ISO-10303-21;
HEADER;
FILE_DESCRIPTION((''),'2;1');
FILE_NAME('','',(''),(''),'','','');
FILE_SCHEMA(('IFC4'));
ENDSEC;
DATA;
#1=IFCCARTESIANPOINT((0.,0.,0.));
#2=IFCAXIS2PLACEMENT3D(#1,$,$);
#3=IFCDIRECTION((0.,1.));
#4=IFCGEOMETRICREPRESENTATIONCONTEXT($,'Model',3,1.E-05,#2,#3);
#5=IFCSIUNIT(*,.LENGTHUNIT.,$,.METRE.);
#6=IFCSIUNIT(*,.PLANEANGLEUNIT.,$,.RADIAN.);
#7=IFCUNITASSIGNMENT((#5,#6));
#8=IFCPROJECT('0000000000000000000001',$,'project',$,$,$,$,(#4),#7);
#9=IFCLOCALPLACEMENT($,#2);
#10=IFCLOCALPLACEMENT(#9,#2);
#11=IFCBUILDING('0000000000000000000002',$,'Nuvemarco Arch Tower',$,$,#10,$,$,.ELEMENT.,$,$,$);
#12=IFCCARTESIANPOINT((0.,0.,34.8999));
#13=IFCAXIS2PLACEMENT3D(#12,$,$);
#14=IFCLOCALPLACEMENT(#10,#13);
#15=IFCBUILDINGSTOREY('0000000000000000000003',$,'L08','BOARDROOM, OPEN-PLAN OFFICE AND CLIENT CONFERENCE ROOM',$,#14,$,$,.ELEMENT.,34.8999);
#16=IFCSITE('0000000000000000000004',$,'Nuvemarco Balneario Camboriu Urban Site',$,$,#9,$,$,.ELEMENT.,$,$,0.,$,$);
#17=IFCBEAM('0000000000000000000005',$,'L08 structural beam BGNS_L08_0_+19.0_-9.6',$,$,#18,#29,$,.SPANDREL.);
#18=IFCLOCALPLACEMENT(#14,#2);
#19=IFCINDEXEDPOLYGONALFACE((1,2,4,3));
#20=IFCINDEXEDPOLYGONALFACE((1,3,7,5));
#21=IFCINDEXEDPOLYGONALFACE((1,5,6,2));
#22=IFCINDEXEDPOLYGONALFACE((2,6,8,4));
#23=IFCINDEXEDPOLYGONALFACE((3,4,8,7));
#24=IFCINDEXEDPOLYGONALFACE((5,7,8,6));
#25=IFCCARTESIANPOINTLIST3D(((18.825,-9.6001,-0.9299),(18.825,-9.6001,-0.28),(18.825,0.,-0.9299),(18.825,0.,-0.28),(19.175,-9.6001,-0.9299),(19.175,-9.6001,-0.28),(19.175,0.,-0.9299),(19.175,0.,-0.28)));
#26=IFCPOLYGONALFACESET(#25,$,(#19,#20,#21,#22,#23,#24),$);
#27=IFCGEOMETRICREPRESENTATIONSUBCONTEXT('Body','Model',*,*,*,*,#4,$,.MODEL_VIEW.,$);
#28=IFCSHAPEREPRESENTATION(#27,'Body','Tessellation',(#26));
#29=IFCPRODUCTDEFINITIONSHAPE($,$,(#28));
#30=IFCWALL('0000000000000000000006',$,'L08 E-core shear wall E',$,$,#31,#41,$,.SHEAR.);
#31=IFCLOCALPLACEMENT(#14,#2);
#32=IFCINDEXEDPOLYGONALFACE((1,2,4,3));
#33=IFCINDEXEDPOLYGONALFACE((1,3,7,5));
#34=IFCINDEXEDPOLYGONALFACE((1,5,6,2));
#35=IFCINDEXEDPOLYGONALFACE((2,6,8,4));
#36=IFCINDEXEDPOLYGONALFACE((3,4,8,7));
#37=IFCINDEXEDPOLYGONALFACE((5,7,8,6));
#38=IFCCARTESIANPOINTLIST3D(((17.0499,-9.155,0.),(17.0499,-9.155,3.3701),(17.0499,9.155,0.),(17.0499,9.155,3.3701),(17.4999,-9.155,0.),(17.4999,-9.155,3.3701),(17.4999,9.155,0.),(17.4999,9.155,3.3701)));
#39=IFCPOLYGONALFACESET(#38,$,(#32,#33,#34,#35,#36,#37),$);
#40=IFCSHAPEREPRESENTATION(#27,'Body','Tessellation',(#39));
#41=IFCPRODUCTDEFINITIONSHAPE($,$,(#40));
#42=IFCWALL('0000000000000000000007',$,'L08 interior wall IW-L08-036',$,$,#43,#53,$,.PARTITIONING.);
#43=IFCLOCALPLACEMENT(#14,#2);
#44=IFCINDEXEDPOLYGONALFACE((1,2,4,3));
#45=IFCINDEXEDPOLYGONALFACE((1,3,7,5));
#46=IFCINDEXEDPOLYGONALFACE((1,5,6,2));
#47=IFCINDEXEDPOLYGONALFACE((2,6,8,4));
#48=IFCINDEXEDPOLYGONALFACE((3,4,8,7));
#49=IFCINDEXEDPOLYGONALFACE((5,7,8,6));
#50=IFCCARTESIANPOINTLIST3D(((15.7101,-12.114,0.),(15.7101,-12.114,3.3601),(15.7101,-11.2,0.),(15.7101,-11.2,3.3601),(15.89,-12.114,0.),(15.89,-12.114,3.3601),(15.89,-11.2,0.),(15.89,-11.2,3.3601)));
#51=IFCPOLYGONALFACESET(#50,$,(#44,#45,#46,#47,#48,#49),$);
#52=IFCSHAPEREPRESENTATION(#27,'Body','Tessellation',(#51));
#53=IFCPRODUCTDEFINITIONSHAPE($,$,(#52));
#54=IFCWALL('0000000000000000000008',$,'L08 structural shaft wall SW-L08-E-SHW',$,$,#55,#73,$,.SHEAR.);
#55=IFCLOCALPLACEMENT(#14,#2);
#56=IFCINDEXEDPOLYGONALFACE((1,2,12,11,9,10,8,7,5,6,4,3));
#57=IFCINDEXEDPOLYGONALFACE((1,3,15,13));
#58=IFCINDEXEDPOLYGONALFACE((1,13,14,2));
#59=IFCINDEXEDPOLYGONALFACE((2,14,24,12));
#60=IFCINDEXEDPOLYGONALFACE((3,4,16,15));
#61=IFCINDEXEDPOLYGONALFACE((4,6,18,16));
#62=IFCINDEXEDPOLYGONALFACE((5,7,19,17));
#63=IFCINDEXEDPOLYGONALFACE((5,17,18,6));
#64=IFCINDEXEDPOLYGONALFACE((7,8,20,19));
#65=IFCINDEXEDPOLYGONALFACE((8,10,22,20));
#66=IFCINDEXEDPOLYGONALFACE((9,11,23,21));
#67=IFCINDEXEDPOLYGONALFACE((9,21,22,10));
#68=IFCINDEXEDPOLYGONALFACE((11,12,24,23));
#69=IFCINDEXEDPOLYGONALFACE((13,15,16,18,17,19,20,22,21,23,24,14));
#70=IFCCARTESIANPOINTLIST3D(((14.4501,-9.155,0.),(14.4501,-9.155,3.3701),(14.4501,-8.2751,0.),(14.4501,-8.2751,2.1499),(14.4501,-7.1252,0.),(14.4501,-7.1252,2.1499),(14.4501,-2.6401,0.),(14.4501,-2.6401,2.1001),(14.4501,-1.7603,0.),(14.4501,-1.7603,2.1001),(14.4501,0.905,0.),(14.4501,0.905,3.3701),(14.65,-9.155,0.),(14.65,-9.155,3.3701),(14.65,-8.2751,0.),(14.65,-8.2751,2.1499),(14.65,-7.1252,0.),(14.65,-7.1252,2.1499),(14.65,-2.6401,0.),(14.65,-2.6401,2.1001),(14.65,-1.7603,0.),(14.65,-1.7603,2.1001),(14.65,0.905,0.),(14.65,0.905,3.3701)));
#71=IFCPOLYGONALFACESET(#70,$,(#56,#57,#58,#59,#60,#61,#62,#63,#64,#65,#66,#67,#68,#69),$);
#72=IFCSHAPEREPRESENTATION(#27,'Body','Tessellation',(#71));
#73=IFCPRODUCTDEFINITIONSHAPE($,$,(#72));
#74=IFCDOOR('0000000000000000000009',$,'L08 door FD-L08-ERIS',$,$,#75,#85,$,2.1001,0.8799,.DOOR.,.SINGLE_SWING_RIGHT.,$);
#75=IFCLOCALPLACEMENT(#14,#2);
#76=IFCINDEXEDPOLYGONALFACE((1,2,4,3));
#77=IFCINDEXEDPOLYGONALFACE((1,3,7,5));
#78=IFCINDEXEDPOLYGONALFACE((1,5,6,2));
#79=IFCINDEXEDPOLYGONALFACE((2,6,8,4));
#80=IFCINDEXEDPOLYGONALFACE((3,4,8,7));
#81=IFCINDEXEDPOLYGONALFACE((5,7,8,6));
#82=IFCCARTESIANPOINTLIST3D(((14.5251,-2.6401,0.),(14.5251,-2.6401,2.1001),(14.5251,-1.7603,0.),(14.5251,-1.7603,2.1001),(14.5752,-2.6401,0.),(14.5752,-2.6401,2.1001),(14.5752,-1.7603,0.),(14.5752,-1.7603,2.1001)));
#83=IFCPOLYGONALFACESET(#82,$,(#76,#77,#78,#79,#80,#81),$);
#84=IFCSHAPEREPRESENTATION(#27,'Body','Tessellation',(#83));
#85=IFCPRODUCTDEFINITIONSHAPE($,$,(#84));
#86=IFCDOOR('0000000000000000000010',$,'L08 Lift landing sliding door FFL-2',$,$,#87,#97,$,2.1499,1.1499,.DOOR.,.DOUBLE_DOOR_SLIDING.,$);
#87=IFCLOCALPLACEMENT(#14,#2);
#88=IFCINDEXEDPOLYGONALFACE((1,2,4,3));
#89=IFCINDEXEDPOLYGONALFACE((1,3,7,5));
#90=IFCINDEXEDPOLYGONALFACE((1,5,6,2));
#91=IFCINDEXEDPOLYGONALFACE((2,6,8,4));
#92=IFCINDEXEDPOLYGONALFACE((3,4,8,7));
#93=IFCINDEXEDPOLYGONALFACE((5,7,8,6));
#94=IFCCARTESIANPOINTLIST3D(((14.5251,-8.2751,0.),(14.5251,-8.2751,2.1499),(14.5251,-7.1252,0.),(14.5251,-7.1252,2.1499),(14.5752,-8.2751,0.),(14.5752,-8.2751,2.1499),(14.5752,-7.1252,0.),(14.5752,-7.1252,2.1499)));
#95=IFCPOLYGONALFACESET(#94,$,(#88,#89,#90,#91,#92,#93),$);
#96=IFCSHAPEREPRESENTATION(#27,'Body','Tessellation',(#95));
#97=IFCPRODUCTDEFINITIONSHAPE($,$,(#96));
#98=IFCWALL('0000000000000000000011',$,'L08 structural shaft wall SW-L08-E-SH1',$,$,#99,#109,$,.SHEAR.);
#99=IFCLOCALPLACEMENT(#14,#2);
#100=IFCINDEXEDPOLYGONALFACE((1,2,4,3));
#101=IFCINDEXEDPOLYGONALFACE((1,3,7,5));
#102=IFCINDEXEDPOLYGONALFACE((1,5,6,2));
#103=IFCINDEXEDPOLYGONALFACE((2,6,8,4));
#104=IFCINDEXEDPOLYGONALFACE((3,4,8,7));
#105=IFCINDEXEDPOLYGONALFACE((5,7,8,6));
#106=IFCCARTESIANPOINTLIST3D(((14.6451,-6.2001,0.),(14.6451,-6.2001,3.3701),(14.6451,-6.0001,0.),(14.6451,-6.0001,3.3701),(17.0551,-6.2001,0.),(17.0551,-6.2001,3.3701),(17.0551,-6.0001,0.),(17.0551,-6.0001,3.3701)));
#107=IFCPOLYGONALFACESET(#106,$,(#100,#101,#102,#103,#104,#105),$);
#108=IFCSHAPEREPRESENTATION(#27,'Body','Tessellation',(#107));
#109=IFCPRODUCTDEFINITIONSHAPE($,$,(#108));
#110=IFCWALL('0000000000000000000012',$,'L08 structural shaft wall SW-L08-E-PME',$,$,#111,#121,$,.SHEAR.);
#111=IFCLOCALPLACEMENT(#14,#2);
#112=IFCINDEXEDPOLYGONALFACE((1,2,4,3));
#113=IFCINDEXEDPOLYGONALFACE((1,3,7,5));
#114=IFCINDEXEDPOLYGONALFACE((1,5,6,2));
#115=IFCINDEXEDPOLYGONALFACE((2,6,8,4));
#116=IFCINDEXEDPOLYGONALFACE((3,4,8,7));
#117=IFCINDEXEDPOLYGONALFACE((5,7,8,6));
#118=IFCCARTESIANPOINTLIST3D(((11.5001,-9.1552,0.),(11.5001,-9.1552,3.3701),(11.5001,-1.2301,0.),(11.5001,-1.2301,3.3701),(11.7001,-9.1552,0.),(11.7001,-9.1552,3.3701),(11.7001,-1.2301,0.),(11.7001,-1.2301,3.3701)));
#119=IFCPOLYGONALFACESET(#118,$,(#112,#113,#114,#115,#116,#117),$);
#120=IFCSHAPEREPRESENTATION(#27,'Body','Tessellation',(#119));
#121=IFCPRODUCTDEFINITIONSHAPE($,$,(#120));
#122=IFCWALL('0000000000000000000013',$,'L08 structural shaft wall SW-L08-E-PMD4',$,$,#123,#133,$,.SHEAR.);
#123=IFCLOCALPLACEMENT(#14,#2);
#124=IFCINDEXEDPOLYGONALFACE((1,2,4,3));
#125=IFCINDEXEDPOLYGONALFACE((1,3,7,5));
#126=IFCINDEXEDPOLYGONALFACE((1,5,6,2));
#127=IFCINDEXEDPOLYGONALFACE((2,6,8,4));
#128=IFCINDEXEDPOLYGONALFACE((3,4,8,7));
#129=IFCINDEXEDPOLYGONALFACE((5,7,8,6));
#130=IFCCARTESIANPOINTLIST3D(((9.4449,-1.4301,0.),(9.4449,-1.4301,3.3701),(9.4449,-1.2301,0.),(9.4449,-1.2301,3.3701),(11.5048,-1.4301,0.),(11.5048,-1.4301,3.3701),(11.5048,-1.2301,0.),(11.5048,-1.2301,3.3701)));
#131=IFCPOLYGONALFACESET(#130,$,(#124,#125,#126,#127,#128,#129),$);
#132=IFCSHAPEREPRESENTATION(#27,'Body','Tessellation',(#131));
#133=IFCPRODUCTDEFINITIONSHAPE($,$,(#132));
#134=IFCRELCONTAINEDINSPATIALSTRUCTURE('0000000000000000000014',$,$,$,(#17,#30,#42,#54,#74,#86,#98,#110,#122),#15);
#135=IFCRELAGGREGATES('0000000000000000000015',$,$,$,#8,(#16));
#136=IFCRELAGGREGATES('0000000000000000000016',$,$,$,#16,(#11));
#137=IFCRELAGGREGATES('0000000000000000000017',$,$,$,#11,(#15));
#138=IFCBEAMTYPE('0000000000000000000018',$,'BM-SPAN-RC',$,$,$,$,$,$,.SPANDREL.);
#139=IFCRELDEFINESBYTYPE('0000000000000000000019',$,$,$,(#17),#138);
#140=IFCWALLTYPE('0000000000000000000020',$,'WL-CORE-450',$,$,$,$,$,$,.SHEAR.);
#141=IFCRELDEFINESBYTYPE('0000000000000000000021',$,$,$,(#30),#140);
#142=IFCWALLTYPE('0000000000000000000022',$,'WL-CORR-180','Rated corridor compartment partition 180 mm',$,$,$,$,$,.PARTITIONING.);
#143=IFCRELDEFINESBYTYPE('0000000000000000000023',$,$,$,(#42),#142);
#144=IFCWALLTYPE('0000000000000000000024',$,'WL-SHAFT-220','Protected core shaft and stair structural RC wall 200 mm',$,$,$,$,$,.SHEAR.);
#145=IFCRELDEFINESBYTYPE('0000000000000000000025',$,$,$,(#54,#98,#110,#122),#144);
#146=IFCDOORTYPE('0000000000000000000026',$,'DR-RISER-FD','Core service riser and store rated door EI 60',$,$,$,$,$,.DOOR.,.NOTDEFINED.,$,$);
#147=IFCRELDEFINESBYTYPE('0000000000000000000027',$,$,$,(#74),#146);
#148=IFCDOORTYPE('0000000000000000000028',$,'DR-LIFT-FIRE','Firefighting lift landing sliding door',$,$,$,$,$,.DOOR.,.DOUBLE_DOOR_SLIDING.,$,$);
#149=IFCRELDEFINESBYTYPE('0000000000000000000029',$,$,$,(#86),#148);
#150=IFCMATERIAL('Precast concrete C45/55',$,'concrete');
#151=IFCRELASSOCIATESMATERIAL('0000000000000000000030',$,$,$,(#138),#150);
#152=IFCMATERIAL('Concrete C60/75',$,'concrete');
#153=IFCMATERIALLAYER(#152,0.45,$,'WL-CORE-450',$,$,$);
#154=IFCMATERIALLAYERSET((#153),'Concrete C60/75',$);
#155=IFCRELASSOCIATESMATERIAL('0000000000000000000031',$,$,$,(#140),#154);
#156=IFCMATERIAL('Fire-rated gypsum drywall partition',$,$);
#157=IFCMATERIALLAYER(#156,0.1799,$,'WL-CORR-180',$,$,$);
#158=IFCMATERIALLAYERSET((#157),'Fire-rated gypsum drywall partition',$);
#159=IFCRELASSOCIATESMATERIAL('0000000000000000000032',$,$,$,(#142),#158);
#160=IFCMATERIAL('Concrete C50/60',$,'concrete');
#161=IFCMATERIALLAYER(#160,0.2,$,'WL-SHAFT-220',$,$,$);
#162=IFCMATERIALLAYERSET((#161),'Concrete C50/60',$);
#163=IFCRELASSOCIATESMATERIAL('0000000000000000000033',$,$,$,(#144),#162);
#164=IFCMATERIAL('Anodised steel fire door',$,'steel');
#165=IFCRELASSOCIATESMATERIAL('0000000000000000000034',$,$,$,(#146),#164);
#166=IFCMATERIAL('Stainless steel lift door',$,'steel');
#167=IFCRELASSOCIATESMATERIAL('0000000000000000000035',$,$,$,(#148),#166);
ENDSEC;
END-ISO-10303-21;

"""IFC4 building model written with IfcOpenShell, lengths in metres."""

from ifc_helpers import new_model, si_unit, direction, frame, frame_2d, origin, origin_2d, place, context, subcontext, project, spatial, rectangle, extrude, source, transform, mapped, material, layer, layer_set, material_profile, profile_set, type_object, type_shapes, element, fill, save


model = new_model("IFC4")

# Units and contexts
model_context = context("Model", 3, precision=1e-05, world=origin(), true_north=direction((0.0, 1.0)))
body_context = subcontext(model_context, "Body", "Model", "MODEL_VIEW")
ifc_project = project(units=[si_unit("LENGTHUNIT", "METRE"), si_unit("PLANEANGLEUNIT", "RADIAN")], contexts=[model_context])

# Site, building, storey
site_placement = place(None, origin())
site = spatial("IfcSite", under=ifc_project, at=site_placement, Name="Nuvemarco Balneario Camboriu Urban Site", CompositionType="ELEMENT", RefElevation=0.0)
building_placement = place(site_placement, origin())
building = spatial("IfcBuilding", under=site, at=building_placement, Name="Nuvemarco Arch Tower", CompositionType="ELEMENT")
storey_placement = place(building_placement, frame((0.0, 0.0, 34.8999)))
storey = spatial("IfcBuildingStorey", under=building, at=storey_placement, Name="L08", Description="BOARDROOM, OPEN-PLAN OFFICE AND CLIENT CONFERENCE ROOM", CompositionType="ELEMENT", Elevation=34.8999)

# Shared definitions
ifc_material_1 = material(Name="Concrete C60/75", Category="concrete")

# Beam
ifc_material_2 = material(Name="Precast concrete C45/55", Category="concrete")
ifc_material_profile_1 = material_profile(ifc_material_2, rectangle(XDim=0.3501, YDim=0.6499, at=origin_2d()), Name="PC-SP-350x650")
ifc_profile_set_1 = profile_set([ifc_material_profile_1], Name="Precast concrete C45/55")
beam_type_1 = type_object("IfcBeamType", Name="BM-SPAN-RC", PredefinedType="SPANDREL", material=ifc_profile_set_1)
beam_1_placement = place(storey_placement, frame((19.0, -9.6001, -0.605), z_axis=(0.0, 1.0, 0.0), x_axis=(-1.0, 0.0, 0.0)))
element("IfcBeam", 1, at=beam_1_placement, inside=storey, type_object=beam_type_1, Name="L08 structural beam BGNS_L08_0_+19.0_-9.6", PredefinedType="SPANDREL", context=body_context, shape_type="SweptSolid", body=[
    extrude(rectangle(XDim=0.3501, YDim=0.6499, at=origin_2d()), origin(), (0.0, 0.0, 1.0), 9.6001),
])

# Walls
ifc_layer_1 = layer(ifc_material_1, 0.45, Name="WL-CORE-450")
ifc_layer_set_1 = layer_set([ifc_layer_1], Name="Concrete C60/75")
wall_type_1 = type_object("IfcWallType", Name="WL-CORE-450", PredefinedType="SHEAR", material=ifc_layer_set_1)
wall_1_placement = place(storey_placement, frame((17.2749, -9.155, 0.0), z_axis=(0.0, 0.0, 1.0), x_axis=(0.0, 1.0, 0.0)))
element("IfcWall", 2, at=wall_1_placement, inside=storey, type_object=wall_type_1, Name="L08 E-core shear wall E", PredefinedType="SHEAR", context=body_context, shape_type="SweptSolid", body=[
    extrude(rectangle(XDim=18.3101, YDim=0.45, at=frame_2d((9.155, 0.0))), origin(), (0.0, 0.0, 1.0), 3.3701),
])
ifc_material_3 = material(Name="Fire-rated gypsum drywall partition")
ifc_layer_2 = layer(ifc_material_3, 0.1799, Name="WL-CORR-180")
ifc_layer_set_2 = layer_set([ifc_layer_2], Name="Fire-rated gypsum drywall partition")
wall_type_2 = type_object("IfcWallType", Name="WL-CORR-180", Description="Rated corridor compartment partition 180 mm", PredefinedType="PARTITIONING", material=ifc_layer_set_2)
wall_2_placement = place(storey_placement, frame((15.8, -12.114, 0.0), z_axis=(0.0, 0.0, 1.0), x_axis=(0.0, 1.0, 0.0)))
element("IfcWall", 3, at=wall_2_placement, inside=storey, type_object=wall_type_2, Name="L08 interior wall IW-L08-036", PredefinedType="PARTITIONING", context=body_context, shape_type="SweptSolid", body=[
    extrude(rectangle(XDim=0.9141, YDim=0.1799, at=frame_2d((0.457, 0.0))), origin(), (0.0, 0.0, 1.0), 3.3601),
])

# Wall, openings, doors
ifc_material_4 = material(Name="Concrete C50/60", Category="concrete")
ifc_layer_3 = layer(ifc_material_4, 0.2, Name="WL-SHAFT-220")
ifc_layer_set_3 = layer_set([ifc_layer_3], Name="Concrete C50/60")
wall_type_3 = type_object("IfcWallType", Name="WL-SHAFT-220", Description="Protected core shaft and stair structural RC wall 200 mm", PredefinedType="SHEAR", material=ifc_layer_set_3)
wall_3_placement = place(storey_placement, frame((14.55, -9.155, 0.0), z_axis=(0.0, 0.0, 1.0), x_axis=(0.0, 1.0, 0.0)))
wall_3 = element("IfcWall", 4, at=wall_3_placement, inside=storey, type_object=wall_type_3, Name="L08 structural shaft wall SW-L08-E-SHW", PredefinedType="SHEAR", context=body_context, shape_type="SweptSolid", body=[
    extrude(rectangle(XDim=10.0601, YDim=0.2, at=frame_2d((5.03, 0.0))), origin(), (0.0, 0.0, 1.0), 3.3701),
])
opening_1_placement = place(wall_3_placement, frame((6.5149, 0.0, 0.0)))
opening_1 = element("IfcOpeningElement", 5, at=opening_1_placement, cuts=wall_3, PredefinedType="OPENING", context=body_context, shape_type="SweptSolid", body=[
    extrude(rectangle(XDim=0.8799, YDim=2.1001, at=frame_2d((0.4399, 1.05))), frame((0.0, 0.1099, 0.0), z_axis=(0.0, -1.0, 0.0), x_axis=(1.0, 0.0, 0.0)), (0.0, 0.0, 1.0), 0.22),
])
opening_2_placement = place(wall_3_placement, frame((0.8799, 0.0, 0.0)))
opening_2 = element("IfcOpeningElement", 6, at=opening_2_placement, cuts=wall_3, PredefinedType="OPENING", context=body_context, shape_type="SweptSolid", body=[
    extrude(rectangle(XDim=1.1499, YDim=2.1499, at=frame_2d((0.575, 1.075))), frame((0.0, 0.1099, 0.0), z_axis=(0.0, -1.0, 0.0), x_axis=(1.0, 0.0, 0.0)), (0.0, 0.0, 1.0), 0.22),
])
ifc_material_5 = material(Name="Anodised steel fire door", Category="steel")
door_type_1 = type_object("IfcDoorType", Name="DR-RISER-FD", Description="Core service riser and store rated door EI 60", OperationType="NOTDEFINED", PredefinedType="DOOR", material=ifc_material_5)
shared_shape_1 = source(origin(), body_context, "Body", "SweptSolid", [
    extrude(rectangle(XDim=0.8799, YDim=2.1001, at=frame_2d((0.4399, 1.05))), frame((0.0, 0.0249, 0.0), z_axis=(0.0, -1.0, 0.0), x_axis=(1.0, 0.0, 0.0)), (0.0, 0.0, 1.0), 0.05),
])
type_shapes(door_type_1, [shared_shape_1])
door_1_placement = place(opening_1_placement, origin())
door_1 = element("IfcDoor", 7, at=door_1_placement, inside=storey, type_object=door_type_1, Name="L08 door FD-L08-ERIS", OperationType="SINGLE_SWING_RIGHT", OverallHeight=2.1001, OverallWidth=0.8799, PredefinedType="DOOR", context=body_context, shape_type="MappedRepresentation", body=[
    mapped(shared_shape_1, transform((0.0, 0.0, 0.0), scale=1.0)),
])
fill(opening_1, door_1)
ifc_material_6 = material(Name="Stainless steel lift door", Category="steel")
door_type_2 = type_object("IfcDoorType", Name="DR-LIFT-FIRE", Description="Firefighting lift landing sliding door", OperationType="DOUBLE_DOOR_SLIDING", PredefinedType="DOOR", material=ifc_material_6)
shared_shape_2 = source(origin(), body_context, "Body", "SweptSolid", [
    extrude(rectangle(XDim=1.1499, YDim=2.1499, at=frame_2d((0.575, 1.075))), frame((0.0, 0.0249, 0.0), z_axis=(0.0, -1.0, 0.0), x_axis=(1.0, 0.0, 0.0)), (0.0, 0.0, 1.0), 0.05),
])
type_shapes(door_type_2, [shared_shape_2])
door_2_placement = place(opening_2_placement, origin())
door_2 = element("IfcDoor", 8, at=door_2_placement, inside=storey, type_object=door_type_2, Name="L08 Lift landing sliding door FFL-2", OperationType="DOUBLE_DOOR_SLIDING", OverallHeight=2.1499, OverallWidth=1.1499, PredefinedType="DOOR", context=body_context, shape_type="MappedRepresentation", body=[
    mapped(shared_shape_2, transform((0.0, 0.0, 0.0), scale=1.0)),
])
fill(opening_2, door_2)

# Walls
wall_4_placement = place(storey_placement, frame((14.645, -6.1001, 0.0), z_axis=(0.0, 0.0, 1.0), x_axis=(1.0, 0.0, 0.0)))
element("IfcWall", 9, at=wall_4_placement, inside=storey, type_object=wall_type_3, Name="L08 structural shaft wall SW-L08-E-SH1", PredefinedType="SHEAR", context=body_context, shape_type="SweptSolid", body=[
    extrude(rectangle(XDim=2.4099, YDim=0.2, at=frame_2d((1.2051, 0.0))), origin(), (0.0, 0.0, 1.0), 3.3701),
])
wall_5_placement = place(storey_placement, frame((11.6001, -9.155, 0.0), z_axis=(0.0, 0.0, 1.0), x_axis=(0.0, 1.0, 0.0)))
element("IfcWall", 10, at=wall_5_placement, inside=storey, type_object=wall_type_3, Name="L08 structural shaft wall SW-L08-E-PME", PredefinedType="SHEAR", context=body_context, shape_type="SweptSolid", body=[
    extrude(rectangle(XDim=7.925, YDim=0.2, at=frame_2d((3.9624, 0.0))), origin(), (0.0, 0.0, 1.0), 3.3701),
])

# Wall
wall_6_placement = place(storey_placement, frame((9.4451, -1.3301, 0.0), z_axis=(0.0, 0.0, 1.0), x_axis=(1.0, 0.0, 0.0)))
element("IfcWall", 11, at=wall_6_placement, inside=storey, type_object=wall_type_3, Name="L08 structural shaft wall SW-L08-E-PMD4", PredefinedType="SHEAR", context=body_context, shape_type="SweptSolid", body=[
    extrude(rectangle(XDim=2.0598, YDim=0.2, at=frame_2d((1.0298, 0.0))), origin(), (0.0, 0.0, 1.0), 3.3701),
])

save(model, "model.ifc")
